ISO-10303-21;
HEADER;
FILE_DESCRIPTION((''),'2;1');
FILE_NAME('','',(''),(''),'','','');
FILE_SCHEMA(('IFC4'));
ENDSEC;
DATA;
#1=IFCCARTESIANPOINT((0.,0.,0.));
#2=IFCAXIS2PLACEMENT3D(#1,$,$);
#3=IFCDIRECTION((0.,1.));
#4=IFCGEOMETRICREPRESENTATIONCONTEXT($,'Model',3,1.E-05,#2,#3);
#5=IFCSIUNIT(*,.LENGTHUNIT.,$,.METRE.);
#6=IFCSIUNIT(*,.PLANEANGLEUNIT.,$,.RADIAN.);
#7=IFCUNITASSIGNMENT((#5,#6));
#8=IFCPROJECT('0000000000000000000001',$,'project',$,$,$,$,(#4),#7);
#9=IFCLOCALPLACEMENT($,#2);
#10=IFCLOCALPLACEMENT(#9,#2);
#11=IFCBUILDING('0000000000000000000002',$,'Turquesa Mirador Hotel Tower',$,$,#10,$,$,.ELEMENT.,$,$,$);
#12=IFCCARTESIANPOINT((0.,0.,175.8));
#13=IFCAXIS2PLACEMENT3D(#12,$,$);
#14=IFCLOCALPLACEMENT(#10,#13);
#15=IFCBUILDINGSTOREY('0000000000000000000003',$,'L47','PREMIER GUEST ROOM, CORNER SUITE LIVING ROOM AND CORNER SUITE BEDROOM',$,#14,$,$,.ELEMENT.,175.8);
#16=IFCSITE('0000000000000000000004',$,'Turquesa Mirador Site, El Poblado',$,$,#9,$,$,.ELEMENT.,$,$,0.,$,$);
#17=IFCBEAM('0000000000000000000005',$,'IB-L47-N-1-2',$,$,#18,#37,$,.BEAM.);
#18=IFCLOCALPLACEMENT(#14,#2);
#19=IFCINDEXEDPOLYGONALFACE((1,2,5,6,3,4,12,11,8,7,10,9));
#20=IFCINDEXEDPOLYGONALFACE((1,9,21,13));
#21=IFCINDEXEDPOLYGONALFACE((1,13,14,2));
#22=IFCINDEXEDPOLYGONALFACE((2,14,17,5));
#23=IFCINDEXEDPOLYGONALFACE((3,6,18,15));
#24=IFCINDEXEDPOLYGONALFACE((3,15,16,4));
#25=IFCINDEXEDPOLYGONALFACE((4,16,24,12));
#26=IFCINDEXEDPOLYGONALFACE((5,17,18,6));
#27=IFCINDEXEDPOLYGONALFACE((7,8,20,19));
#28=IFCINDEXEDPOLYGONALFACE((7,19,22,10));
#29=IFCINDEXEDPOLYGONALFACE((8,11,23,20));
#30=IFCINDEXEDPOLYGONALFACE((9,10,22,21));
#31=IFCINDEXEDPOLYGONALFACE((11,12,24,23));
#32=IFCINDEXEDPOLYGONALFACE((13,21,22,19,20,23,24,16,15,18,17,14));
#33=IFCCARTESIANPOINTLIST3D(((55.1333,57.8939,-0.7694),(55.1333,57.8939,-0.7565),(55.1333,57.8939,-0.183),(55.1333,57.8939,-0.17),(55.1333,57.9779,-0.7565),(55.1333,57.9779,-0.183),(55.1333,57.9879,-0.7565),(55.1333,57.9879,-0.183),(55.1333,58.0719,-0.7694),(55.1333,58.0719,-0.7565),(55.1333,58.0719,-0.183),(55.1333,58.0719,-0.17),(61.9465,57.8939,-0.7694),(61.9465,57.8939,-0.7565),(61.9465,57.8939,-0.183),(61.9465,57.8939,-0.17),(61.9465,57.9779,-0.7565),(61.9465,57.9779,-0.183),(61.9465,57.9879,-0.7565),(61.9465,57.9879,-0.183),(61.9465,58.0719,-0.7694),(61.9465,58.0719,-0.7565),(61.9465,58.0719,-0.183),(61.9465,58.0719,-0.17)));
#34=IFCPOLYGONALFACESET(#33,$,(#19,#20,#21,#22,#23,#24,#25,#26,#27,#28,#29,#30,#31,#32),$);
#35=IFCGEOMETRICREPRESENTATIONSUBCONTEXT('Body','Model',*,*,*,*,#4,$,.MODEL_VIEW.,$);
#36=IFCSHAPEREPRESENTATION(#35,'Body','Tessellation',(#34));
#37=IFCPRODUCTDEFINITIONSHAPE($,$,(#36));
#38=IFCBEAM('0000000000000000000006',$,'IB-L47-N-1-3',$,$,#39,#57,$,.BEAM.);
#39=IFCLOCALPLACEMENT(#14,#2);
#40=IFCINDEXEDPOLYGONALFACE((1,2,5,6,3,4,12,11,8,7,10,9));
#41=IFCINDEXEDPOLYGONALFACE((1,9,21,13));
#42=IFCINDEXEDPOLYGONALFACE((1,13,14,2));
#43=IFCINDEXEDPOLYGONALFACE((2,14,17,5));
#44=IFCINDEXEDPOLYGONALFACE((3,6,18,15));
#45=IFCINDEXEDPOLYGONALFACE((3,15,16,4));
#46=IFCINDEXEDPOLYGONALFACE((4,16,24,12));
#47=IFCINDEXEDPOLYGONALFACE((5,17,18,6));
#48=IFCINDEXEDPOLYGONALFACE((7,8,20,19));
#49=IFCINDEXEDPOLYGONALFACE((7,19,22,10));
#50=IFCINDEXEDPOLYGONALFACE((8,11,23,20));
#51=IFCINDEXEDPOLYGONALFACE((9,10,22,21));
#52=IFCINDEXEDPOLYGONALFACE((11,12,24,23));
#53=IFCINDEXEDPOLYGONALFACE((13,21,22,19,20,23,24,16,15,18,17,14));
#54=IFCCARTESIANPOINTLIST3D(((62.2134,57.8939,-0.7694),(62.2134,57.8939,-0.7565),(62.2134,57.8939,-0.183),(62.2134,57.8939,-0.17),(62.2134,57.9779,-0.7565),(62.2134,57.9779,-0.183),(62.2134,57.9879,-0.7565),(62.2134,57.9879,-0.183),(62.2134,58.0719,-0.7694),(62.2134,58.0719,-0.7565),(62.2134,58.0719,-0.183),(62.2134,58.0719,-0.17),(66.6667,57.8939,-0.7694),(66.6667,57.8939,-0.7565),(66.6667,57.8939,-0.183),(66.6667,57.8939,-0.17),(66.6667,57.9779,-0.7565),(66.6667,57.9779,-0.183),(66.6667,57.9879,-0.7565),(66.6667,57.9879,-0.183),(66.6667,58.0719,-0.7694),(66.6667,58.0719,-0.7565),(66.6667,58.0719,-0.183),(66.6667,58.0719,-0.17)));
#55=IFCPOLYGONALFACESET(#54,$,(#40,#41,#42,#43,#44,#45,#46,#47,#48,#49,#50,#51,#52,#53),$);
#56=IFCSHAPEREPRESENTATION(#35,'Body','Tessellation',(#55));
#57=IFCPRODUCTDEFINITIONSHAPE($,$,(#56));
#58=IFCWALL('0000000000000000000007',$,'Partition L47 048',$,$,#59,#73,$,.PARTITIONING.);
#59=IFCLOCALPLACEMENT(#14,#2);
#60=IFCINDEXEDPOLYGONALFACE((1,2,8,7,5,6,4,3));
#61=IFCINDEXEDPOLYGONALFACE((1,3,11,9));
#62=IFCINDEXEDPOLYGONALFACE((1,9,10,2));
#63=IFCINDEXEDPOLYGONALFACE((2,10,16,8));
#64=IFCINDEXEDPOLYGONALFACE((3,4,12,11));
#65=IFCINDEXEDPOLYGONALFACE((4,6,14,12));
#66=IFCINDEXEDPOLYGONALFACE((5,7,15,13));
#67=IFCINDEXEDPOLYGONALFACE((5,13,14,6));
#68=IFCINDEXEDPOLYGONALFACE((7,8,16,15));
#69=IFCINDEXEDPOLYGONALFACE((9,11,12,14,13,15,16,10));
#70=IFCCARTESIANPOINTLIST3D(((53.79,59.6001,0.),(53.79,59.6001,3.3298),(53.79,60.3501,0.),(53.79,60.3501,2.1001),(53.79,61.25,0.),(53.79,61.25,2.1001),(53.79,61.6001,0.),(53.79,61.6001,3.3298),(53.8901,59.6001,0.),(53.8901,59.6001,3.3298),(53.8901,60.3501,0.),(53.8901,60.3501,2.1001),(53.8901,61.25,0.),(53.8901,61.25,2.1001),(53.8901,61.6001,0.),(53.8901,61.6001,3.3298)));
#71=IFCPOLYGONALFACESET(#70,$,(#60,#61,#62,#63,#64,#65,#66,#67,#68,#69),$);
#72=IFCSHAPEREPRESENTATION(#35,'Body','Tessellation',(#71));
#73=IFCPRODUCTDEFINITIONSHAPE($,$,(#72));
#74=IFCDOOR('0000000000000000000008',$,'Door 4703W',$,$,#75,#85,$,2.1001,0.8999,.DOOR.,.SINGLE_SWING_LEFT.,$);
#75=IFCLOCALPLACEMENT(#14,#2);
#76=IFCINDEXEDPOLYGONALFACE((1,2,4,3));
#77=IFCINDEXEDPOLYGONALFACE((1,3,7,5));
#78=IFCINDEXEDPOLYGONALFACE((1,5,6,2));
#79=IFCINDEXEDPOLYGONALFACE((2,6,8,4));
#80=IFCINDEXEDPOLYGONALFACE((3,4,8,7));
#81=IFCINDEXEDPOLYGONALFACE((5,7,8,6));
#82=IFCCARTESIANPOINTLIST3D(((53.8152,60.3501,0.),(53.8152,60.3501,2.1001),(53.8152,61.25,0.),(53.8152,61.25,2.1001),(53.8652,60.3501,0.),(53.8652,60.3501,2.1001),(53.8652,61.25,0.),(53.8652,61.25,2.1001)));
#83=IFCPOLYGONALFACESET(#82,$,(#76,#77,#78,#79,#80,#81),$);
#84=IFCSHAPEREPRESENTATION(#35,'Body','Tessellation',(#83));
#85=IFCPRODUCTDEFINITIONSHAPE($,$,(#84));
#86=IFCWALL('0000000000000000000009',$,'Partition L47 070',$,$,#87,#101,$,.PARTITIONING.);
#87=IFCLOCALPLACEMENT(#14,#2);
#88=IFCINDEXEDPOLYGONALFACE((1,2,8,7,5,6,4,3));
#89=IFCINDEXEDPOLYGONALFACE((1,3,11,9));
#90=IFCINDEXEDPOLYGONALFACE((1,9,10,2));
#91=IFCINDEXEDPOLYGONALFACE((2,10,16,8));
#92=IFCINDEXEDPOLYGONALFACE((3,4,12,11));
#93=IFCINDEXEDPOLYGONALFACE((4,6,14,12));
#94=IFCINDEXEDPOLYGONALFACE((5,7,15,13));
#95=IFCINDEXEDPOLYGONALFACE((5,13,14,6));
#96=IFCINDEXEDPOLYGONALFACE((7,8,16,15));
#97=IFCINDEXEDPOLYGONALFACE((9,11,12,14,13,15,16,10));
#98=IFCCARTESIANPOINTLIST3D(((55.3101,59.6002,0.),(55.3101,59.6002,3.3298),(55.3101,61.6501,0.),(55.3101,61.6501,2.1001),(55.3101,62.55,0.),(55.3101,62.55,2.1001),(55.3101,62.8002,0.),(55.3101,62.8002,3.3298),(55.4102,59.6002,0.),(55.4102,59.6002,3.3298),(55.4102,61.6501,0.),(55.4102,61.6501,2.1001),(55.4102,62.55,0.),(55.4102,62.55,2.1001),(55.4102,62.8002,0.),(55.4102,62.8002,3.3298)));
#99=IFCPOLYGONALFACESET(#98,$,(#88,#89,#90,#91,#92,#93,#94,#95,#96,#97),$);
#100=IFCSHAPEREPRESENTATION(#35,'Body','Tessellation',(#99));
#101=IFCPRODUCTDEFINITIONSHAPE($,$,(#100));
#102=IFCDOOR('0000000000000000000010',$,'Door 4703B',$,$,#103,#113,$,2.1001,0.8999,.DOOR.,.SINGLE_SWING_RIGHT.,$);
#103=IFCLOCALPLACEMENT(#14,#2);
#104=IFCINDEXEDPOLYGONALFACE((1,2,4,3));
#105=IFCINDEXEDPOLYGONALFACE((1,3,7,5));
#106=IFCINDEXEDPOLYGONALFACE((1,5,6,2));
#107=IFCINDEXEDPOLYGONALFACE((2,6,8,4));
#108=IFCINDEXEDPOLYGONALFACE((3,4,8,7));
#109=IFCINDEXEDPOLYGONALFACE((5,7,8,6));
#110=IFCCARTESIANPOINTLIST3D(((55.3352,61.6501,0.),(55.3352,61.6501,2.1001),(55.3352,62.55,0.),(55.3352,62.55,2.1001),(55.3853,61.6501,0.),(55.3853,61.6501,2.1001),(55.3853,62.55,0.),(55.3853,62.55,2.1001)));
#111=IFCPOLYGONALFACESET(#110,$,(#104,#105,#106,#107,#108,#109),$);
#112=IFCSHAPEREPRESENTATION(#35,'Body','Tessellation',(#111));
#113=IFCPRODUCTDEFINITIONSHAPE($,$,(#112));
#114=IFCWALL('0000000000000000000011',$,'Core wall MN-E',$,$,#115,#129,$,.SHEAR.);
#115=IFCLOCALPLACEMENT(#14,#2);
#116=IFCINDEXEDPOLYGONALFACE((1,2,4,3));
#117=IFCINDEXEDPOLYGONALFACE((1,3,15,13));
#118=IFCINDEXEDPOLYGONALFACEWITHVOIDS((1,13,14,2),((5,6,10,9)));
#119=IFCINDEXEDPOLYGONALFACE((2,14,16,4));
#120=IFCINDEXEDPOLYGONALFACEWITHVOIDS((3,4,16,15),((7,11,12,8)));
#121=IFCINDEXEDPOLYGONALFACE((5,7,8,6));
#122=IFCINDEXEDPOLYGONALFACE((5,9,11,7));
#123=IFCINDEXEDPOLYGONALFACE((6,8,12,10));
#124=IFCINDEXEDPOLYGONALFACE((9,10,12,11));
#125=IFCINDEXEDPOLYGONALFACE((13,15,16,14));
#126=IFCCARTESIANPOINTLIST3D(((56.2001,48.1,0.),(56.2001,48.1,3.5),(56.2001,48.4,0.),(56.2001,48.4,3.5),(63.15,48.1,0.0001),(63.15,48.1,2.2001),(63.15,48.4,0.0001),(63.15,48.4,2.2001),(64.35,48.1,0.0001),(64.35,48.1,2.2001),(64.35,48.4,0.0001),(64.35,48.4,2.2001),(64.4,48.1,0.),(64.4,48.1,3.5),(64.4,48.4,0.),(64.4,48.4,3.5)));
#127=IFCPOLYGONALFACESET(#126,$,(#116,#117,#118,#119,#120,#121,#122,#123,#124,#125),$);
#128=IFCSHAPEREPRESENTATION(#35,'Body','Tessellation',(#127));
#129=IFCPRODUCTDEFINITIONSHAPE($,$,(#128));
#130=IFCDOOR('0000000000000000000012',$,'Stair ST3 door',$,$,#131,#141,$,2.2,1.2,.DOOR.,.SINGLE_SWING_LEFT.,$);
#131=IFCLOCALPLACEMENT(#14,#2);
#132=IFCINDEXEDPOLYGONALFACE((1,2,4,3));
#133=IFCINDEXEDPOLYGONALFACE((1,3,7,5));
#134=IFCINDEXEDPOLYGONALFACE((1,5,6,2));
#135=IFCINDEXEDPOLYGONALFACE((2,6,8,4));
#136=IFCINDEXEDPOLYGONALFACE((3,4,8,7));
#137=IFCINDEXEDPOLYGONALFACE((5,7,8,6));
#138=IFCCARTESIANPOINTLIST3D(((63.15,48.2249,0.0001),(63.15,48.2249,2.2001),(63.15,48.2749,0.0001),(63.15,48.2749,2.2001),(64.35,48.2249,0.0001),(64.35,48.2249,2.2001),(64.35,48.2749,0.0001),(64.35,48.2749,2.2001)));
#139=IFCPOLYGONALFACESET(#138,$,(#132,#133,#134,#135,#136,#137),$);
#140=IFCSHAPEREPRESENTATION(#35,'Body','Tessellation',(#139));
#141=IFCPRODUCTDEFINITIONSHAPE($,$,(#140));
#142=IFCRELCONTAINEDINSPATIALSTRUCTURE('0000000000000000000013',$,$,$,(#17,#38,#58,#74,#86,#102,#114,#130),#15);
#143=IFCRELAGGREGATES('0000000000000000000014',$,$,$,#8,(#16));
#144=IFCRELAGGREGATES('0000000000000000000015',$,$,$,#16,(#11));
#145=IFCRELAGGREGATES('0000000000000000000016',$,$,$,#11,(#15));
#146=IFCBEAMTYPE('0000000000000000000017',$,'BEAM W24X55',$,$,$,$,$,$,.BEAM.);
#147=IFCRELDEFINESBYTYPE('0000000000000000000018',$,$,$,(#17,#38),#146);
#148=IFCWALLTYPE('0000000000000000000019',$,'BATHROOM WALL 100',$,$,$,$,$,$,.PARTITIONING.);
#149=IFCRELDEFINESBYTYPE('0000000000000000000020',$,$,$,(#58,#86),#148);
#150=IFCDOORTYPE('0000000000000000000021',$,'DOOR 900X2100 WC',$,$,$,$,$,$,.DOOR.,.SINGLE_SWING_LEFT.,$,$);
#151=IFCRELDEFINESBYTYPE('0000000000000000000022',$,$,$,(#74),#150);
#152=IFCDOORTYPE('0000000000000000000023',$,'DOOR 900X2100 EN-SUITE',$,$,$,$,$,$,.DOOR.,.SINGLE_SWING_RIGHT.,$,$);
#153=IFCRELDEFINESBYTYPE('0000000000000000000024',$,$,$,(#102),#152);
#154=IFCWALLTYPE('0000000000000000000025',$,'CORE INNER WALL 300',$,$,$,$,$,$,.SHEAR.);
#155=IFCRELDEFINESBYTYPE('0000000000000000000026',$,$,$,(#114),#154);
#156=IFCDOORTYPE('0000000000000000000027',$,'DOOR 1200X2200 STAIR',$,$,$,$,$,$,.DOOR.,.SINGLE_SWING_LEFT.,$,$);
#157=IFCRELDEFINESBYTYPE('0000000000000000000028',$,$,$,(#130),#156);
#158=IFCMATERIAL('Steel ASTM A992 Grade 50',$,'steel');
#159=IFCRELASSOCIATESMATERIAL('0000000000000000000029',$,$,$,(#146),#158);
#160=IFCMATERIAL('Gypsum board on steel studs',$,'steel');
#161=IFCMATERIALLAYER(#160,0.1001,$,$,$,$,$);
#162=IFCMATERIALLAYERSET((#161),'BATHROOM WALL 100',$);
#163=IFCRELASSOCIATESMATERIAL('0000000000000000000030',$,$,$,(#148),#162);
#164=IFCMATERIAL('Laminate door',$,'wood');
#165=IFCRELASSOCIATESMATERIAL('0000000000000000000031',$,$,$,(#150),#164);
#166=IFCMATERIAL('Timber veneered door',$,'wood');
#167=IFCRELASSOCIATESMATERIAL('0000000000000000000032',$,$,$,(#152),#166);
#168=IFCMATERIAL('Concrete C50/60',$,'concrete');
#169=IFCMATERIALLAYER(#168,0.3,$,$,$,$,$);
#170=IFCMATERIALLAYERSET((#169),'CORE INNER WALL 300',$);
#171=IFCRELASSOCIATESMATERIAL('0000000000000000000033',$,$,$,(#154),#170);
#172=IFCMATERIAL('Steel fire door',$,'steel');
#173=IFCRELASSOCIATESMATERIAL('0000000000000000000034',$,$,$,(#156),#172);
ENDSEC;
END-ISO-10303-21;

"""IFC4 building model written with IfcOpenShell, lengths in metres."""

from ifc_helpers import new_model, si_unit, direction, frame, frame_2d, origin, origin_2d, place, context, subcontext, project, spatial, rectangle, i_section, extrude, material, layer, layer_set, material_profile, profile_set, type_object, element, fill, save


model = new_model("IFC4")

# Units and contexts
model_context = context("Model", 3, precision=1e-05, world=origin(), true_north=direction((0.0, 1.0)))
body_context = subcontext(model_context, "Body", "Model", "MODEL_VIEW")
ifc_project = project(units=[si_unit("LENGTHUNIT", "METRE"), si_unit("PLANEANGLEUNIT", "RADIAN")], contexts=[model_context])

# Site, building, storey
site_placement = place(None, origin())
site = spatial("IfcSite", under=ifc_project, at=site_placement, Name="Turquesa Mirador Site, El Poblado", CompositionType="ELEMENT", RefElevation=0.0)
building_placement = place(site_placement, origin())
building = spatial("IfcBuilding", under=site, at=building_placement, Name="Turquesa Mirador Hotel Tower", CompositionType="ELEMENT")
storey_placement = place(building_placement, frame((0.0, 0.0, 175.8)))
storey = spatial("IfcBuildingStorey", under=building, at=storey_placement, Name="L47", Description="PREMIER GUEST ROOM, CORNER SUITE LIVING ROOM AND CORNER SUITE BEDROOM", CompositionType="ELEMENT", Elevation=175.8)

# Beams
ifc_material_1 = material(Name="Steel ASTM A992 Grade 50", Category="steel")
ifc_material_profile = material_profile(ifc_material_1, i_section(OverallWidth=0.178, OverallDepth=0.5994, WebThickness=0.01, FlangeThickness=0.0129, at=origin_2d()), Name="W24X55")
ifc_profile_set = profile_set([ifc_material_profile], Name="Steel ASTM A992 Grade 50")
beam_type = type_object("IfcBeamType", Name="BEAM W24X55", PredefinedType="BEAM", material=ifc_profile_set)
beam_1_placement = place(storey_placement, frame((55.1333, 57.9829, -0.4697), z_axis=(1.0, 0.0, 0.0), x_axis=(0.0, 1.0, 0.0)))
element("IfcBeam", 1, at=beam_1_placement, inside=storey, type_object=beam_type, Name="IB-L47-N-1-2", PredefinedType="BEAM", context=body_context, shape_type="SweptSolid", body=[
    extrude(i_section(OverallWidth=0.178, OverallDepth=0.5994, WebThickness=0.01, FlangeThickness=0.0129, at=origin_2d()), origin(), (0.0, 0.0, 1.0), 6.8132),
])
beam_2_placement = place(storey_placement, frame((62.2134, 57.9829, -0.4697), z_axis=(1.0, 0.0, 0.0), x_axis=(0.0, 1.0, 0.0)))
element("IfcBeam", 2, at=beam_2_placement, inside=storey, type_object=beam_type, Name="IB-L47-N-1-3", PredefinedType="BEAM", context=body_context, shape_type="SweptSolid", body=[
    extrude(i_section(OverallWidth=0.178, OverallDepth=0.5994, WebThickness=0.01, FlangeThickness=0.0129, at=origin_2d()), origin(), (0.0, 0.0, 1.0), 4.4534),
])

# Walls, openings, doors
ifc_material_2 = material(Name="Gypsum board on steel studs", Category="steel")
ifc_layer_1 = layer(ifc_material_2, 0.1001)
ifc_layer_set_1 = layer_set([ifc_layer_1], Name="BATHROOM WALL 100")
wall_type_1 = type_object("IfcWallType", Name="BATHROOM WALL 100", PredefinedType="PARTITIONING", material=ifc_layer_set_1)
wall_1_placement = place(storey_placement, frame((53.8401, 59.6001, 0.0), z_axis=(0.0, 0.0, 1.0), x_axis=(0.0, 1.0, 0.0)))
wall_1 = element("IfcWall", 3, at=wall_1_placement, inside=storey, type_object=wall_type_1, Name="Partition L47 048", PredefinedType="PARTITIONING", context=body_context, shape_type="SweptSolid", body=[
    extrude(rectangle(XDim=2.0, YDim=0.1001, at=frame_2d((1.0, 0.0))), origin(), (0.0, 0.0, 1.0), 3.3298),
])
opening_1_placement = place(wall_1_placement, frame((0.75, 0.0, 0.0)))
opening_1 = element("IfcOpeningElement", 4, at=opening_1_placement, cuts=wall_1, PredefinedType="OPENING", context=body_context, shape_type="SweptSolid", body=[
    extrude(rectangle(XDim=0.8999, YDim=2.1001, at=frame_2d((0.45, 1.05))), frame((0.0, 0.0601, 0.0), z_axis=(0.0, -1.0, 0.0), x_axis=(1.0, 0.0, 0.0)), (0.0, 0.0, 1.0), 0.1201),
])
ifc_material_3 = material(Name="Laminate door", Category="wood")
door_type_1 = type_object("IfcDoorType", Name="DOOR 900X2100 WC", OperationType="SINGLE_SWING_LEFT", PredefinedType="DOOR", material=ifc_material_3)
door_1_placement = place(opening_1_placement, origin())
door_1 = element("IfcDoor", 5, at=door_1_placement, inside=storey, type_object=door_type_1, Name="Door 4703W", OperationType="SINGLE_SWING_LEFT", OverallHeight=2.1001, OverallWidth=0.8999, PredefinedType="DOOR", context=body_context, shape_type="SweptSolid", body=[
    extrude(rectangle(XDim=0.8999, YDim=2.1001, at=frame_2d((0.45, 1.05))), frame((0.0, 0.0249, 0.0), z_axis=(0.0, -1.0, 0.0), x_axis=(1.0, 0.0, 0.0)), (0.0, 0.0, 1.0), 0.05),
])
fill(opening_1, door_1)
wall_2_placement = place(storey_placement, frame((55.3601, 59.6001, 0.0), z_axis=(0.0, 0.0, 1.0), x_axis=(0.0, 1.0, 0.0)))
wall_2 = element("IfcWall", 6, at=wall_2_placement, inside=storey, type_object=wall_type_1, Name="Partition L47 070", PredefinedType="PARTITIONING", context=body_context, shape_type="SweptSolid", body=[
    extrude(rectangle(XDim=3.2, YDim=0.1001, at=frame_2d((1.6001, 0.0))), origin(), (0.0, 0.0, 1.0), 3.3298),
])
opening_2_placement = place(wall_2_placement, frame((2.05, 0.0, 0.0)))
opening_2 = element("IfcOpeningElement", 7, at=opening_2_placement, cuts=wall_2, PredefinedType="OPENING", context=body_context, shape_type="SweptSolid", body=[
    extrude(rectangle(XDim=0.8999, YDim=2.1001, at=frame_2d((0.45, 1.05))), frame((0.0, 0.0601, 0.0), z_axis=(0.0, -1.0, 0.0), x_axis=(1.0, 0.0, 0.0)), (0.0, 0.0, 1.0), 0.1201),
])
ifc_material_4 = material(Name="Timber veneered door", Category="wood")
door_type_2 = type_object("IfcDoorType", Name="DOOR 900X2100 EN-SUITE", OperationType="SINGLE_SWING_RIGHT", PredefinedType="DOOR", material=ifc_material_4)
door_2_placement = place(opening_2_placement, origin())
door_2 = element("IfcDoor", 8, at=door_2_placement, inside=storey, type_object=door_type_2, Name="Door 4703B", OperationType="SINGLE_SWING_RIGHT", OverallHeight=2.1001, OverallWidth=0.8999, PredefinedType="DOOR", context=body_context, shape_type="SweptSolid", body=[
    extrude(rectangle(XDim=0.8999, YDim=2.1001, at=frame_2d((0.45, 1.05))), frame((0.0, 0.0249, 0.0), z_axis=(0.0, -1.0, 0.0), x_axis=(1.0, 0.0, 0.0)), (0.0, 0.0, 1.0), 0.05),
])
fill(opening_2, door_2)
ifc_material_5 = material(Name="Concrete C50/60", Category="concrete")
ifc_layer_2 = layer(ifc_material_5, 0.3)
ifc_layer_set_2 = layer_set([ifc_layer_2], Name="CORE INNER WALL 300")
wall_type_2 = type_object("IfcWallType", Name="CORE INNER WALL 300", PredefinedType="SHEAR", material=ifc_layer_set_2)
wall_3_placement = place(storey_placement, frame((56.2, 48.25, 0.0), z_axis=(0.0, 0.0, 1.0), x_axis=(1.0, 0.0, 0.0)))
wall_3 = element("IfcWall", 9, at=wall_3_placement, inside=storey, type_object=wall_type_2, Name="Core wall MN-E", PredefinedType="SHEAR", context=body_context, shape_type="SweptSolid", body=[
    extrude(rectangle(XDim=8.2, YDim=0.3, at=frame_2d((4.1001, 0.0))), origin(), (0.0, 0.0, 1.0), 3.5),
])
opening_3_placement = place(wall_3_placement, frame((6.95, 0.0, 0.0)))
opening_3 = element("IfcOpeningElement", 10, at=opening_3_placement, cuts=wall_3, PredefinedType="OPENING", context=body_context, shape_type="SweptSolid", body=[
    extrude(rectangle(XDim=1.2, YDim=2.2, at=frame_2d((0.6001, 1.1001))), frame((0.0, 0.1599, 0.0), z_axis=(0.0, -1.0, 0.0), x_axis=(1.0, 0.0, 0.0)), (0.0, 0.0, 1.0), 0.3201),
])
ifc_material_6 = material(Name="Steel fire door", Category="steel")
door_type_3 = type_object("IfcDoorType", Name="DOOR 1200X2200 STAIR", OperationType="SINGLE_SWING_LEFT", PredefinedType="DOOR", material=ifc_material_6)
door_3_placement = place(opening_3_placement, origin())
door_3 = element("IfcDoor", 11, at=door_3_placement, inside=storey, type_object=door_type_3, Name="Stair ST3 door", OperationType="SINGLE_SWING_LEFT", OverallHeight=2.2, OverallWidth=1.2, PredefinedType="DOOR", context=body_context, shape_type="SweptSolid", body=[
    extrude(rectangle(XDim=1.2, YDim=2.2, at=frame_2d((0.6001, 1.1001))), frame((0.0, 0.0249, 0.0), z_axis=(0.0, -1.0, 0.0), x_axis=(1.0, 0.0, 0.0)), (0.0, 0.0, 1.0), 0.05),
])
fill(opening_3, door_3)

save(model, "model.ifc")
